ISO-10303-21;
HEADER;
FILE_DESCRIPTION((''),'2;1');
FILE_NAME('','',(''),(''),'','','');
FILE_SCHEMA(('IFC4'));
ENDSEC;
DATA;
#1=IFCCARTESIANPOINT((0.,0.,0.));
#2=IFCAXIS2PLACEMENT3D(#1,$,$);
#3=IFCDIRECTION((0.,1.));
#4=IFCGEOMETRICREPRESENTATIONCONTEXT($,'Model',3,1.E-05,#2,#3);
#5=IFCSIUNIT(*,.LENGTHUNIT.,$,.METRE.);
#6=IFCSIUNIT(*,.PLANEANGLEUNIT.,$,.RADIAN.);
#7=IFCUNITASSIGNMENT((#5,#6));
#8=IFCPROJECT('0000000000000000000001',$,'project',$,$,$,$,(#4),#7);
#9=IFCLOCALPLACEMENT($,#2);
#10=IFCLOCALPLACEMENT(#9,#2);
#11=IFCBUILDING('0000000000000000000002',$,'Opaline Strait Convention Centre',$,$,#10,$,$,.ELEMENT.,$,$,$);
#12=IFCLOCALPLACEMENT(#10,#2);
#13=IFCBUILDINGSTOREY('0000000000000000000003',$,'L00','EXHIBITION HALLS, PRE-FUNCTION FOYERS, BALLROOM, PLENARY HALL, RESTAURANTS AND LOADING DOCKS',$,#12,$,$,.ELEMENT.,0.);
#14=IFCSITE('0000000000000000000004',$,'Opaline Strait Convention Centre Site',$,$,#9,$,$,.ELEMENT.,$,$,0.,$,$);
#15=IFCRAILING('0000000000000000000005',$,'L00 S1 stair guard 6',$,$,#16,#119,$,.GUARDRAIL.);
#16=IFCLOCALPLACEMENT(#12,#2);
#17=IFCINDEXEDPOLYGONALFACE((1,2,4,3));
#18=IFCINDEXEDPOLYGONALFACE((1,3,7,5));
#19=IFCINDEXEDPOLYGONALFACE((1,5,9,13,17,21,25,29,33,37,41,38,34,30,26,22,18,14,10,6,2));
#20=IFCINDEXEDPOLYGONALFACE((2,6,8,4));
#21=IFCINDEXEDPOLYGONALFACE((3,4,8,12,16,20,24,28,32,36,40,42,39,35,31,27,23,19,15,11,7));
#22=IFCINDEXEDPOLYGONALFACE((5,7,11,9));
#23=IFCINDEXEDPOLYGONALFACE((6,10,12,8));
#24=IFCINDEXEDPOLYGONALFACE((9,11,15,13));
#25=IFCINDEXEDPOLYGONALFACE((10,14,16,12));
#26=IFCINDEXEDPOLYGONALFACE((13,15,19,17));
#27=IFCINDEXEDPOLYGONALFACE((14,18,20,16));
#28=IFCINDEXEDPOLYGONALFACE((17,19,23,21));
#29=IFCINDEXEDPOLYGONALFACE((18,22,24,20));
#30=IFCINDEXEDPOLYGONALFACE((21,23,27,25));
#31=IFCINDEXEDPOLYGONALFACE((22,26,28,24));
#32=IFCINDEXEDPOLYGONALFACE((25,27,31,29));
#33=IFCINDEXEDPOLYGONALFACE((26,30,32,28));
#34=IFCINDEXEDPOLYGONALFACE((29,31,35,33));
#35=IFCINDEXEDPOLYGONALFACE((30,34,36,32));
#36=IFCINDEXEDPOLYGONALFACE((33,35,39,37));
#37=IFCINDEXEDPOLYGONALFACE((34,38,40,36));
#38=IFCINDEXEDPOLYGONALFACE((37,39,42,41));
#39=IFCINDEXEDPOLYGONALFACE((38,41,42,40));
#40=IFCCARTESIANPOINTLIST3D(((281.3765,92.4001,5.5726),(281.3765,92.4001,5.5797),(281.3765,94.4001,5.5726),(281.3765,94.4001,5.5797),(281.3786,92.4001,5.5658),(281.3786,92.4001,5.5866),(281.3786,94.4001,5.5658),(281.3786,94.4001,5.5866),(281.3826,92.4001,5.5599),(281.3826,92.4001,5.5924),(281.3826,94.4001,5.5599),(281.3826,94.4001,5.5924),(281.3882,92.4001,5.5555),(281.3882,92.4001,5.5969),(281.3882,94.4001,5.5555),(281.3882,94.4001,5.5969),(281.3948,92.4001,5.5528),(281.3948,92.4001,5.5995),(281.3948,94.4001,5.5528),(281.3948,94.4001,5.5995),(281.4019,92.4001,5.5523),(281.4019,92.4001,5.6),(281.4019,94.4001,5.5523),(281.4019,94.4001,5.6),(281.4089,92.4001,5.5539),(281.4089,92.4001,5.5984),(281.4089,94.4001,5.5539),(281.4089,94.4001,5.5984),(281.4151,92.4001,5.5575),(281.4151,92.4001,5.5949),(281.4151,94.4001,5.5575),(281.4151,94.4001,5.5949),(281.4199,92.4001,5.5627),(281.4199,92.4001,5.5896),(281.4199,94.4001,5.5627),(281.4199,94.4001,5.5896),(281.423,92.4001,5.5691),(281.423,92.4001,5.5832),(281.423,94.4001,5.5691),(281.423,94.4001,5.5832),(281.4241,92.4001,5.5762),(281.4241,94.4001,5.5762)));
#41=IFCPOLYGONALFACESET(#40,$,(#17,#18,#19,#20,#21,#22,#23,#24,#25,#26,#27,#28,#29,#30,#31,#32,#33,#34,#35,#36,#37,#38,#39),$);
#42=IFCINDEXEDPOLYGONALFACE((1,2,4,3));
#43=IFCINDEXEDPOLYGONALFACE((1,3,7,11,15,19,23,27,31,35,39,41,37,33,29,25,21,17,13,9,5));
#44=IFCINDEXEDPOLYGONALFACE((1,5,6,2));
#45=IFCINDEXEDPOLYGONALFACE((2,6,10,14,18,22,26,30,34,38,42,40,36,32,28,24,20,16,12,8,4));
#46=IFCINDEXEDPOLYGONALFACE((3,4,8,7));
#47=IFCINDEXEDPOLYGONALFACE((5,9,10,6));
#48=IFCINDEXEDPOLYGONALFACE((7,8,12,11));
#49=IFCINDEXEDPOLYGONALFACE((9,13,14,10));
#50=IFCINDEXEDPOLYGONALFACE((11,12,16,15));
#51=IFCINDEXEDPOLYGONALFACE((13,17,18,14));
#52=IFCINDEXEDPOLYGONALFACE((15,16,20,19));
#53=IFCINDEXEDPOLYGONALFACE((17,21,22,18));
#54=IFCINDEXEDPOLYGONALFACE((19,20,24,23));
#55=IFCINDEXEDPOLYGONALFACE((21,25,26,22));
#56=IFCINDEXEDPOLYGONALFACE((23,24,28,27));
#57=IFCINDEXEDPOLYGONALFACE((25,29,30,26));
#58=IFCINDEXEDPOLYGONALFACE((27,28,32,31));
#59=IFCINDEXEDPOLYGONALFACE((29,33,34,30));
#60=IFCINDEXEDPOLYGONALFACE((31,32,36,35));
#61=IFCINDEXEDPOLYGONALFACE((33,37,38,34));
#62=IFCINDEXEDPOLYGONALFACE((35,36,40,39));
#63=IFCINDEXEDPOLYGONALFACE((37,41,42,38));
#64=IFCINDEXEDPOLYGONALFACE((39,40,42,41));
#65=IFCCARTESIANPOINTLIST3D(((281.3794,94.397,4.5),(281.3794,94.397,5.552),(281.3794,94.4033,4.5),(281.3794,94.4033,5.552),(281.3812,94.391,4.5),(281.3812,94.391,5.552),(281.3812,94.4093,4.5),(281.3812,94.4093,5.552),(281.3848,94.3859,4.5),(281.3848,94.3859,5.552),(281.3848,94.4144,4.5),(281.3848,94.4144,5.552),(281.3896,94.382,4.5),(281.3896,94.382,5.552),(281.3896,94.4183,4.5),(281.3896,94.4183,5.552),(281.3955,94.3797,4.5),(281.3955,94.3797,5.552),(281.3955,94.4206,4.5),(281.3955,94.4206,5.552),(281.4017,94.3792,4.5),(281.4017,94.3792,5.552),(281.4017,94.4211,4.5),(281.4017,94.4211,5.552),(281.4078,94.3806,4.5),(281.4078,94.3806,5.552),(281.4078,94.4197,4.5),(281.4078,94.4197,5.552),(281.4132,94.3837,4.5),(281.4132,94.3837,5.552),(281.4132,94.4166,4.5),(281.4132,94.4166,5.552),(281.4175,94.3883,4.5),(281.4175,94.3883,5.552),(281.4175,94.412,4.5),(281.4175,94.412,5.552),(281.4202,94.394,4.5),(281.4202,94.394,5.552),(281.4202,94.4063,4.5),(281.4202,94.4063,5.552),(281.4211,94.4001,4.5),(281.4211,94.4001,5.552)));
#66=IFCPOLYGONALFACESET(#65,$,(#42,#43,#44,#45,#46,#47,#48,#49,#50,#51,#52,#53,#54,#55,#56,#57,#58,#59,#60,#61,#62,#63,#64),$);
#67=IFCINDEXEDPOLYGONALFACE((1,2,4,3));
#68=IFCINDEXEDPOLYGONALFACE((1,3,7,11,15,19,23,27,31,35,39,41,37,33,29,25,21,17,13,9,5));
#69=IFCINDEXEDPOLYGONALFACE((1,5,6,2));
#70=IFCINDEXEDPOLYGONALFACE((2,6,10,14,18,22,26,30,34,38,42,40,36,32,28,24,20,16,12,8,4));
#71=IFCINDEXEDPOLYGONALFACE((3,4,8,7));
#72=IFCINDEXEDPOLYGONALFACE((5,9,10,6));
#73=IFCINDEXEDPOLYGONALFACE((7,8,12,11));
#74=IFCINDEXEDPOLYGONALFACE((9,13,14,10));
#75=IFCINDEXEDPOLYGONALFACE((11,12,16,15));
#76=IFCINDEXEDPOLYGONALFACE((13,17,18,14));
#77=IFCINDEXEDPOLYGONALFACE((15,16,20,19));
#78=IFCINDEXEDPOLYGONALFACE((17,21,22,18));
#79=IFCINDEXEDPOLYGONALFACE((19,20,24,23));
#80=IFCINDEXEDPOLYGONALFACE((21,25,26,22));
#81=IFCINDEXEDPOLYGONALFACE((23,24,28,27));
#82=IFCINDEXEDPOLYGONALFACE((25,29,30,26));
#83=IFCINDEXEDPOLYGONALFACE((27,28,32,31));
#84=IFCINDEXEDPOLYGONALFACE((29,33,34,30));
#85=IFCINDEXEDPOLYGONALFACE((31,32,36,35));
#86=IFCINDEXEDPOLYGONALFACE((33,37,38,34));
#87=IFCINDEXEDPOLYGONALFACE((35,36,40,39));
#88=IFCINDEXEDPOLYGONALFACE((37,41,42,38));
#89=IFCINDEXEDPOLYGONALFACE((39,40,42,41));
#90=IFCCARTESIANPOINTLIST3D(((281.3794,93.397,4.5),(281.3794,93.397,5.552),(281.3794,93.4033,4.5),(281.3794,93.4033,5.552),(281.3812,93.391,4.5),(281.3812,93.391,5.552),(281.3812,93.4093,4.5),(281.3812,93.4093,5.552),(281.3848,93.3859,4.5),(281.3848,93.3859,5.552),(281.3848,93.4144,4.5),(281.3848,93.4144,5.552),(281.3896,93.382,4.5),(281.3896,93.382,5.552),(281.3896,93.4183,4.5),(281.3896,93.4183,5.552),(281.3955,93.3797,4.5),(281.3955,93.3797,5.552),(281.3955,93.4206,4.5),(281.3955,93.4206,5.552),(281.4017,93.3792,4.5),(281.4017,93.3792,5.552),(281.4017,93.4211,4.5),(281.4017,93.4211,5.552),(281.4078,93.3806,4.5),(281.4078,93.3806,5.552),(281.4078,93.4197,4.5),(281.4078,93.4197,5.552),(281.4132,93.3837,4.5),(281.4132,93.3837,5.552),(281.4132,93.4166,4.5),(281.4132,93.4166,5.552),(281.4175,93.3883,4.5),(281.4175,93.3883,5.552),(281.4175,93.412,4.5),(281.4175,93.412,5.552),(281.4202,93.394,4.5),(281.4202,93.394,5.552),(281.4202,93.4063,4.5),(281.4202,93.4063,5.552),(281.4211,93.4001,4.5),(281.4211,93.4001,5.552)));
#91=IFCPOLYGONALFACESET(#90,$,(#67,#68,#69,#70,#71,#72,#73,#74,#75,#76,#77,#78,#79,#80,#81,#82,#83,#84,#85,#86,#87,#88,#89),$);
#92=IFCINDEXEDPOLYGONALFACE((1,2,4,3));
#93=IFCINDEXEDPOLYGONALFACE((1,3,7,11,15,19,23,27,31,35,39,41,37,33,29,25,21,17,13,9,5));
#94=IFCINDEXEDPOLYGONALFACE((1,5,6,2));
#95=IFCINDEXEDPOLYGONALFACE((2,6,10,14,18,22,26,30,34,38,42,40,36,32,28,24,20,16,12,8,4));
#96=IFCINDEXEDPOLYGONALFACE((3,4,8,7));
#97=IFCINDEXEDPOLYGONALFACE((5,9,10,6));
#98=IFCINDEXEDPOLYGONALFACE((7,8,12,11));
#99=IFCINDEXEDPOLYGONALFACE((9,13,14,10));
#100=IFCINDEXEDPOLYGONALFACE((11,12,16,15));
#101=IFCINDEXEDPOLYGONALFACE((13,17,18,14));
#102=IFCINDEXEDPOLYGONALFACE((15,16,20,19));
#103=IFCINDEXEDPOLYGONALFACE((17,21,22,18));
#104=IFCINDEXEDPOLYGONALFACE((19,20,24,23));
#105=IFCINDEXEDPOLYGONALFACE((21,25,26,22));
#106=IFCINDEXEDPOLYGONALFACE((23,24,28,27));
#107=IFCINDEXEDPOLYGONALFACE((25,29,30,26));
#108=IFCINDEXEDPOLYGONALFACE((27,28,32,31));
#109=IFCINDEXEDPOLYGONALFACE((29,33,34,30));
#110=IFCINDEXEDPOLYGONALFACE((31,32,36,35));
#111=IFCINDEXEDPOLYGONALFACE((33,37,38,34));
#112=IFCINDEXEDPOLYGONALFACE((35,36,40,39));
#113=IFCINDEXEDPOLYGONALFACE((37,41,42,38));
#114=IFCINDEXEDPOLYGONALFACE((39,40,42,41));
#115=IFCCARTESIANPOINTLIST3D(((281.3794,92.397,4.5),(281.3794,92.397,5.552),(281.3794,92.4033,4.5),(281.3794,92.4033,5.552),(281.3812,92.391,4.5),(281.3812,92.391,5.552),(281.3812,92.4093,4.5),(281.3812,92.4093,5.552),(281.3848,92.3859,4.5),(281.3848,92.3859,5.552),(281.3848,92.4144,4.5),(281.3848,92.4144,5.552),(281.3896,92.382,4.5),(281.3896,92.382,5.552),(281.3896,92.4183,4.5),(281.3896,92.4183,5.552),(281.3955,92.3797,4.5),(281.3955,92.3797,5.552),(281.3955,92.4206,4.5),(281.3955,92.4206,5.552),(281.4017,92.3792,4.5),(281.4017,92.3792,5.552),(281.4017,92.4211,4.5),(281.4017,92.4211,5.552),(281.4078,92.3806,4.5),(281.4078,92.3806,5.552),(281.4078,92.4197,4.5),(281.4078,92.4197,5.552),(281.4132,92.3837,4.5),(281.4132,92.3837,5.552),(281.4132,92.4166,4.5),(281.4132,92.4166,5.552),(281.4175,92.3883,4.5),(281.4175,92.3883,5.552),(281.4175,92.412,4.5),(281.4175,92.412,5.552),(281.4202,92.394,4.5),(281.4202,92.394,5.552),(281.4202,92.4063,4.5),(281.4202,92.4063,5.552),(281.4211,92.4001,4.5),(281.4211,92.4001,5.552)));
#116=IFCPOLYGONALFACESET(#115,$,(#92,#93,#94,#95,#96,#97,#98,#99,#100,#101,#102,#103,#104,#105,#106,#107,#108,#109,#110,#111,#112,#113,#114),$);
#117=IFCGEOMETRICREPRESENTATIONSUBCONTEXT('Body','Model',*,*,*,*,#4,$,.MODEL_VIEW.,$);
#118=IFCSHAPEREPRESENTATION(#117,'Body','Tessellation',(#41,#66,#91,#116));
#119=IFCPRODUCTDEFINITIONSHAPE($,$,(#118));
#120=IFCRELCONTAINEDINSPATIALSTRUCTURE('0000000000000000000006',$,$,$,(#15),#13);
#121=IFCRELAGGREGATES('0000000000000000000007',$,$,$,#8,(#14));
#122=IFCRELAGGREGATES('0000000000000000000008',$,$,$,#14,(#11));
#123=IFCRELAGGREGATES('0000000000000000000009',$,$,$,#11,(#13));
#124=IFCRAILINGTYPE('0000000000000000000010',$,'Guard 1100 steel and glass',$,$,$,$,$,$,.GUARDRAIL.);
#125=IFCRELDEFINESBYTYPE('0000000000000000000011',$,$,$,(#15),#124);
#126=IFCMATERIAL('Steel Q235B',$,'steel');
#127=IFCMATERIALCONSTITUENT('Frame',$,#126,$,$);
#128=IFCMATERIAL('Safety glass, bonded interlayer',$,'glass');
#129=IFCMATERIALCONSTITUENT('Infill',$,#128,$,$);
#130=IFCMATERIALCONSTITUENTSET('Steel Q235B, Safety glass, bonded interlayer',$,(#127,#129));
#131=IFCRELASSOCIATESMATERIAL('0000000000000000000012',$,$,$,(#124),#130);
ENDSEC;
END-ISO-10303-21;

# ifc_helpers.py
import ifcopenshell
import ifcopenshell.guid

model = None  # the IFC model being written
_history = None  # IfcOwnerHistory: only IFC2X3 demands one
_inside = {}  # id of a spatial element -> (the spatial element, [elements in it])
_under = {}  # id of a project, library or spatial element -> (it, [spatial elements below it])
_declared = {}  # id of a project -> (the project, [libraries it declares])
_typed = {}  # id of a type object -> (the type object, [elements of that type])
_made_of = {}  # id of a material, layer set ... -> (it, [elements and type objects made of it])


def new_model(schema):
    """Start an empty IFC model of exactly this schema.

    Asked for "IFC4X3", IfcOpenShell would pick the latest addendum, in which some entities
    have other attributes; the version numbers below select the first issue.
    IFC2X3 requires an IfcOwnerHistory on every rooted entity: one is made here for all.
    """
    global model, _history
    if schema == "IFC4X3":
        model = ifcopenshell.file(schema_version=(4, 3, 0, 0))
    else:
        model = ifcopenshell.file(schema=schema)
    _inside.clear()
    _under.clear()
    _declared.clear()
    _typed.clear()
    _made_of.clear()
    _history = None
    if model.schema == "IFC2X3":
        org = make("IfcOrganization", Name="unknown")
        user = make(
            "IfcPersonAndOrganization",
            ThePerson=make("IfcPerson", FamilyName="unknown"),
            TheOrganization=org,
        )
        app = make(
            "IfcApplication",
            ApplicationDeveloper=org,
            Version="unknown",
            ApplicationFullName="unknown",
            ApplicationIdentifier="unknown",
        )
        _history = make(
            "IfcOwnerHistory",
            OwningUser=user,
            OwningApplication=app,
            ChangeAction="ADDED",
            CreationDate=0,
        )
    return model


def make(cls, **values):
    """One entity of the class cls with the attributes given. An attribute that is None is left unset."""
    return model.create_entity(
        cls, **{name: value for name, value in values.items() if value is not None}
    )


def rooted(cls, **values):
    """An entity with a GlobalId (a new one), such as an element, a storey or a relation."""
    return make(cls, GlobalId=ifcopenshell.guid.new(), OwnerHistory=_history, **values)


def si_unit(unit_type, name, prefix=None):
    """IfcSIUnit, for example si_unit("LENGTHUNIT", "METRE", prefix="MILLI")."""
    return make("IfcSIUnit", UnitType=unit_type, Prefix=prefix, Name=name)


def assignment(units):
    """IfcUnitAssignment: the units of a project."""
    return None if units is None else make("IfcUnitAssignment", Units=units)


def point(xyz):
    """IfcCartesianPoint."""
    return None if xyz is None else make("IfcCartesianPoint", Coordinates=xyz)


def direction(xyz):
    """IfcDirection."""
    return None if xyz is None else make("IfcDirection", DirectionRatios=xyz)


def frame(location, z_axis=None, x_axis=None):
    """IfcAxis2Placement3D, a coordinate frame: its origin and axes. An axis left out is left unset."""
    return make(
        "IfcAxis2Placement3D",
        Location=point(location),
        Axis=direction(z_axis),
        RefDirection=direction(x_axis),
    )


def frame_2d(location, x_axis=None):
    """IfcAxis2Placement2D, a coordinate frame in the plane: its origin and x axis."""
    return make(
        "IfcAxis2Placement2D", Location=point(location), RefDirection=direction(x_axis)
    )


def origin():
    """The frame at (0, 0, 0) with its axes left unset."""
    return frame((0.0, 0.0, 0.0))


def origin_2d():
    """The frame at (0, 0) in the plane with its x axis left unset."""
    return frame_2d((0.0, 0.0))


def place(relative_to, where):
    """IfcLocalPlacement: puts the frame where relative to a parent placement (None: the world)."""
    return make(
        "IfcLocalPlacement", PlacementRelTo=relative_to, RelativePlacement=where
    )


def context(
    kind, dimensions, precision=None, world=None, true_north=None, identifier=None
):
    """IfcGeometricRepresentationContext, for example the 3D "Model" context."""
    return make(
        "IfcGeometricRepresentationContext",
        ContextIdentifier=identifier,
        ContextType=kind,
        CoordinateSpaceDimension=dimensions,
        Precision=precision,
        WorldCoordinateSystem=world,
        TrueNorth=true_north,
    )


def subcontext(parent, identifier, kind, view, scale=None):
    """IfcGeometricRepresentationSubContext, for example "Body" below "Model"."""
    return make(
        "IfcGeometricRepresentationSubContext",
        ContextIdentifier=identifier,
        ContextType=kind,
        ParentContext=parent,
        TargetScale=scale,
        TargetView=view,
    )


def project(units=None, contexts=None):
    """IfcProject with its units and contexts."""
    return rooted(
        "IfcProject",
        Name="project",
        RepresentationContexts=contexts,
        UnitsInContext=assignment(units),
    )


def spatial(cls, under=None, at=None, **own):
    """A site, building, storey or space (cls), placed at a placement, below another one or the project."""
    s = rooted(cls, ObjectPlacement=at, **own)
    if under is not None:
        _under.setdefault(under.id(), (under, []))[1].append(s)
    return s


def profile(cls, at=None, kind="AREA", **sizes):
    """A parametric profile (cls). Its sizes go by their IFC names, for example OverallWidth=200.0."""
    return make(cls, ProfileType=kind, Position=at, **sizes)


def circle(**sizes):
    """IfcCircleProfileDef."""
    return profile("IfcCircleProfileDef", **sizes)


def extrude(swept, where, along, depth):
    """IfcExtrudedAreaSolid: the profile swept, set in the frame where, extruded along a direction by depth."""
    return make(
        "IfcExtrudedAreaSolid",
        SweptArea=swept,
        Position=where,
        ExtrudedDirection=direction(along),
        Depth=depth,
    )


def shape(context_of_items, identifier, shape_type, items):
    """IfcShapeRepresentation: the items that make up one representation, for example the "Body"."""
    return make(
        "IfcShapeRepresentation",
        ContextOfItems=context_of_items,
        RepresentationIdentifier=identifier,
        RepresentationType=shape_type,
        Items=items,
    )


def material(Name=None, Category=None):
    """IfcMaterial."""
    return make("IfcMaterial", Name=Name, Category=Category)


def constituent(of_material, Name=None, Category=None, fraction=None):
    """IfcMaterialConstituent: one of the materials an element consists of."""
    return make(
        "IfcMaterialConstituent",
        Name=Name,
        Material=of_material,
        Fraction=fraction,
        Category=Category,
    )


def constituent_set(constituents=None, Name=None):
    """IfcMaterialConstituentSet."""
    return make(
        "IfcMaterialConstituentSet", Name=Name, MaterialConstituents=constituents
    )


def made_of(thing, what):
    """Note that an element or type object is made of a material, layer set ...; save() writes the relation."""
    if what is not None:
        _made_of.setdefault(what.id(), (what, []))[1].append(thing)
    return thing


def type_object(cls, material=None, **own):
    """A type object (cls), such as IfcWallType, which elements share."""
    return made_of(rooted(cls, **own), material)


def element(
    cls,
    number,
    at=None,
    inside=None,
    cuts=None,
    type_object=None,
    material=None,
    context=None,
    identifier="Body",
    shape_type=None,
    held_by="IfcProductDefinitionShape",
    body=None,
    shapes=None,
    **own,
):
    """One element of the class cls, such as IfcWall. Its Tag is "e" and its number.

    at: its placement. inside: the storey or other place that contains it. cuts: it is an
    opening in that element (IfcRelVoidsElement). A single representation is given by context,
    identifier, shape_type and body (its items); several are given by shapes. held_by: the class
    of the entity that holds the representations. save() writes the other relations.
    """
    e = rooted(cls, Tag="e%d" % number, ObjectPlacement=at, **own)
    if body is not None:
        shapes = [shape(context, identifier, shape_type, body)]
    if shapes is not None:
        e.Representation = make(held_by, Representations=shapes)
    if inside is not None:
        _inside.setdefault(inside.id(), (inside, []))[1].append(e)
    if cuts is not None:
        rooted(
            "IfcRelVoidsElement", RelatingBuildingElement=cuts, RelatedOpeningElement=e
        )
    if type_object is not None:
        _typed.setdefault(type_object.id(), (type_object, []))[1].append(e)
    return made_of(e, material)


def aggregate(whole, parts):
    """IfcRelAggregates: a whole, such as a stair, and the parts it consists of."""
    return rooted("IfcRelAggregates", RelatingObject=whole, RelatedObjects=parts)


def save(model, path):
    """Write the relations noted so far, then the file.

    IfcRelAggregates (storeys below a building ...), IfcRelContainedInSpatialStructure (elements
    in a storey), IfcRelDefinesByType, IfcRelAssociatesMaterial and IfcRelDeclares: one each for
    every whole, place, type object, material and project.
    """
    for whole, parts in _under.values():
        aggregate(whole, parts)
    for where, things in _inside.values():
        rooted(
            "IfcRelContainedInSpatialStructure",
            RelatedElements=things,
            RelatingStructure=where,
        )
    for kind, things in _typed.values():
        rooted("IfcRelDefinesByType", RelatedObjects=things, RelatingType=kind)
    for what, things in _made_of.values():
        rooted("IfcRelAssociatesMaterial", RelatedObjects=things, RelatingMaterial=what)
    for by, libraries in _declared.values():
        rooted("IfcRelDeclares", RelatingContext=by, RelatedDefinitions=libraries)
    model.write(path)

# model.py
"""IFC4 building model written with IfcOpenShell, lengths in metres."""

from ifc_helpers import new_model, si_unit, direction, frame, origin, origin_2d, place, context, subcontext, project, spatial, circle, extrude, material, constituent, constituent_set, type_object, element, save


model = new_model("IFC4")

# Units and contexts
model_context = context("Model", 3, precision=1e-05, world=origin(), true_north=direction((0.0, 1.0)))
body_context = subcontext(model_context, "Body", "Model", "MODEL_VIEW")
ifc_project = project(units=[si_unit("LENGTHUNIT", "METRE"), si_unit("PLANEANGLEUNIT", "RADIAN")], contexts=[model_context])

# Site, building, storey
site_placement = place(None, origin())
site = spatial("IfcSite", under=ifc_project, at=site_placement, Name="Opaline Strait Convention Centre Site", CompositionType="ELEMENT", RefElevation=0.0)
building_placement = place(site_placement, origin())
building = spatial("IfcBuilding", under=site, at=building_placement, Name="Opaline Strait Convention Centre", CompositionType="ELEMENT")
storey_placement = place(building_placement, origin())
storey = spatial("IfcBuildingStorey", under=building, at=storey_placement, Name="L00", Description="EXHIBITION HALLS, PRE-FUNCTION FOYERS, BALLROOM, PLENARY HALL, RESTAURANTS AND LOADING DOCKS", CompositionType="ELEMENT", Elevation=0.0)

# Railing
ifc_material_1 = material(Name="Steel Q235B", Category="steel")
ifc_constituent_1 = constituent(ifc_material_1, Name="Frame")
ifc_material_2 = material(Name="Safety glass, bonded interlayer", Category="glass")
ifc_constituent_2 = constituent(ifc_material_2, Name="Infill")
ifc_constituent_set = constituent_set(constituents=[ifc_constituent_1, ifc_constituent_2], Name="Steel Q235B, Safety glass, bonded interlayer")
railing_type_1 = type_object("IfcRailingType", Name="Guard 1100 steel and glass", PredefinedType="GUARDRAIL", material=ifc_constituent_set)
for number, where, name in (
    (1, (281.4001, 94.4001, 4.5), "L00 S1 stair guard 6"),
):
    element("IfcRailing", number, at=place(storey_placement, frame(where)), inside=storey, type_object=railing_type_1, Name=name, PredefinedType="GUARDRAIL", context=body_context, shape_type="SweptSolid", body=[
        extrude(circle(Radius=0.0239, at=origin_2d()), frame((0.0, 0.0, 1.0762), z_axis=(0.0, -1.0, 0.0), x_axis=(1.0, 0.0, 0.0)), (0.0, 0.0, 1.0), 2.0),
        extrude(circle(Radius=0.021, at=origin_2d()), origin(), (0.0, 0.0, 1.0), 1.052),
        extrude(circle(Radius=0.021, at=origin_2d()), frame((0.0, -1.0, 0.0)), (0.0, 0.0, 1.0), 1.052),
        extrude(circle(Radius=0.021, at=origin_2d()), frame((0.0, -2.0, 0.0)), (0.0, 0.0, 1.0), 1.052),
    ])

save(model, "model.ifc")
